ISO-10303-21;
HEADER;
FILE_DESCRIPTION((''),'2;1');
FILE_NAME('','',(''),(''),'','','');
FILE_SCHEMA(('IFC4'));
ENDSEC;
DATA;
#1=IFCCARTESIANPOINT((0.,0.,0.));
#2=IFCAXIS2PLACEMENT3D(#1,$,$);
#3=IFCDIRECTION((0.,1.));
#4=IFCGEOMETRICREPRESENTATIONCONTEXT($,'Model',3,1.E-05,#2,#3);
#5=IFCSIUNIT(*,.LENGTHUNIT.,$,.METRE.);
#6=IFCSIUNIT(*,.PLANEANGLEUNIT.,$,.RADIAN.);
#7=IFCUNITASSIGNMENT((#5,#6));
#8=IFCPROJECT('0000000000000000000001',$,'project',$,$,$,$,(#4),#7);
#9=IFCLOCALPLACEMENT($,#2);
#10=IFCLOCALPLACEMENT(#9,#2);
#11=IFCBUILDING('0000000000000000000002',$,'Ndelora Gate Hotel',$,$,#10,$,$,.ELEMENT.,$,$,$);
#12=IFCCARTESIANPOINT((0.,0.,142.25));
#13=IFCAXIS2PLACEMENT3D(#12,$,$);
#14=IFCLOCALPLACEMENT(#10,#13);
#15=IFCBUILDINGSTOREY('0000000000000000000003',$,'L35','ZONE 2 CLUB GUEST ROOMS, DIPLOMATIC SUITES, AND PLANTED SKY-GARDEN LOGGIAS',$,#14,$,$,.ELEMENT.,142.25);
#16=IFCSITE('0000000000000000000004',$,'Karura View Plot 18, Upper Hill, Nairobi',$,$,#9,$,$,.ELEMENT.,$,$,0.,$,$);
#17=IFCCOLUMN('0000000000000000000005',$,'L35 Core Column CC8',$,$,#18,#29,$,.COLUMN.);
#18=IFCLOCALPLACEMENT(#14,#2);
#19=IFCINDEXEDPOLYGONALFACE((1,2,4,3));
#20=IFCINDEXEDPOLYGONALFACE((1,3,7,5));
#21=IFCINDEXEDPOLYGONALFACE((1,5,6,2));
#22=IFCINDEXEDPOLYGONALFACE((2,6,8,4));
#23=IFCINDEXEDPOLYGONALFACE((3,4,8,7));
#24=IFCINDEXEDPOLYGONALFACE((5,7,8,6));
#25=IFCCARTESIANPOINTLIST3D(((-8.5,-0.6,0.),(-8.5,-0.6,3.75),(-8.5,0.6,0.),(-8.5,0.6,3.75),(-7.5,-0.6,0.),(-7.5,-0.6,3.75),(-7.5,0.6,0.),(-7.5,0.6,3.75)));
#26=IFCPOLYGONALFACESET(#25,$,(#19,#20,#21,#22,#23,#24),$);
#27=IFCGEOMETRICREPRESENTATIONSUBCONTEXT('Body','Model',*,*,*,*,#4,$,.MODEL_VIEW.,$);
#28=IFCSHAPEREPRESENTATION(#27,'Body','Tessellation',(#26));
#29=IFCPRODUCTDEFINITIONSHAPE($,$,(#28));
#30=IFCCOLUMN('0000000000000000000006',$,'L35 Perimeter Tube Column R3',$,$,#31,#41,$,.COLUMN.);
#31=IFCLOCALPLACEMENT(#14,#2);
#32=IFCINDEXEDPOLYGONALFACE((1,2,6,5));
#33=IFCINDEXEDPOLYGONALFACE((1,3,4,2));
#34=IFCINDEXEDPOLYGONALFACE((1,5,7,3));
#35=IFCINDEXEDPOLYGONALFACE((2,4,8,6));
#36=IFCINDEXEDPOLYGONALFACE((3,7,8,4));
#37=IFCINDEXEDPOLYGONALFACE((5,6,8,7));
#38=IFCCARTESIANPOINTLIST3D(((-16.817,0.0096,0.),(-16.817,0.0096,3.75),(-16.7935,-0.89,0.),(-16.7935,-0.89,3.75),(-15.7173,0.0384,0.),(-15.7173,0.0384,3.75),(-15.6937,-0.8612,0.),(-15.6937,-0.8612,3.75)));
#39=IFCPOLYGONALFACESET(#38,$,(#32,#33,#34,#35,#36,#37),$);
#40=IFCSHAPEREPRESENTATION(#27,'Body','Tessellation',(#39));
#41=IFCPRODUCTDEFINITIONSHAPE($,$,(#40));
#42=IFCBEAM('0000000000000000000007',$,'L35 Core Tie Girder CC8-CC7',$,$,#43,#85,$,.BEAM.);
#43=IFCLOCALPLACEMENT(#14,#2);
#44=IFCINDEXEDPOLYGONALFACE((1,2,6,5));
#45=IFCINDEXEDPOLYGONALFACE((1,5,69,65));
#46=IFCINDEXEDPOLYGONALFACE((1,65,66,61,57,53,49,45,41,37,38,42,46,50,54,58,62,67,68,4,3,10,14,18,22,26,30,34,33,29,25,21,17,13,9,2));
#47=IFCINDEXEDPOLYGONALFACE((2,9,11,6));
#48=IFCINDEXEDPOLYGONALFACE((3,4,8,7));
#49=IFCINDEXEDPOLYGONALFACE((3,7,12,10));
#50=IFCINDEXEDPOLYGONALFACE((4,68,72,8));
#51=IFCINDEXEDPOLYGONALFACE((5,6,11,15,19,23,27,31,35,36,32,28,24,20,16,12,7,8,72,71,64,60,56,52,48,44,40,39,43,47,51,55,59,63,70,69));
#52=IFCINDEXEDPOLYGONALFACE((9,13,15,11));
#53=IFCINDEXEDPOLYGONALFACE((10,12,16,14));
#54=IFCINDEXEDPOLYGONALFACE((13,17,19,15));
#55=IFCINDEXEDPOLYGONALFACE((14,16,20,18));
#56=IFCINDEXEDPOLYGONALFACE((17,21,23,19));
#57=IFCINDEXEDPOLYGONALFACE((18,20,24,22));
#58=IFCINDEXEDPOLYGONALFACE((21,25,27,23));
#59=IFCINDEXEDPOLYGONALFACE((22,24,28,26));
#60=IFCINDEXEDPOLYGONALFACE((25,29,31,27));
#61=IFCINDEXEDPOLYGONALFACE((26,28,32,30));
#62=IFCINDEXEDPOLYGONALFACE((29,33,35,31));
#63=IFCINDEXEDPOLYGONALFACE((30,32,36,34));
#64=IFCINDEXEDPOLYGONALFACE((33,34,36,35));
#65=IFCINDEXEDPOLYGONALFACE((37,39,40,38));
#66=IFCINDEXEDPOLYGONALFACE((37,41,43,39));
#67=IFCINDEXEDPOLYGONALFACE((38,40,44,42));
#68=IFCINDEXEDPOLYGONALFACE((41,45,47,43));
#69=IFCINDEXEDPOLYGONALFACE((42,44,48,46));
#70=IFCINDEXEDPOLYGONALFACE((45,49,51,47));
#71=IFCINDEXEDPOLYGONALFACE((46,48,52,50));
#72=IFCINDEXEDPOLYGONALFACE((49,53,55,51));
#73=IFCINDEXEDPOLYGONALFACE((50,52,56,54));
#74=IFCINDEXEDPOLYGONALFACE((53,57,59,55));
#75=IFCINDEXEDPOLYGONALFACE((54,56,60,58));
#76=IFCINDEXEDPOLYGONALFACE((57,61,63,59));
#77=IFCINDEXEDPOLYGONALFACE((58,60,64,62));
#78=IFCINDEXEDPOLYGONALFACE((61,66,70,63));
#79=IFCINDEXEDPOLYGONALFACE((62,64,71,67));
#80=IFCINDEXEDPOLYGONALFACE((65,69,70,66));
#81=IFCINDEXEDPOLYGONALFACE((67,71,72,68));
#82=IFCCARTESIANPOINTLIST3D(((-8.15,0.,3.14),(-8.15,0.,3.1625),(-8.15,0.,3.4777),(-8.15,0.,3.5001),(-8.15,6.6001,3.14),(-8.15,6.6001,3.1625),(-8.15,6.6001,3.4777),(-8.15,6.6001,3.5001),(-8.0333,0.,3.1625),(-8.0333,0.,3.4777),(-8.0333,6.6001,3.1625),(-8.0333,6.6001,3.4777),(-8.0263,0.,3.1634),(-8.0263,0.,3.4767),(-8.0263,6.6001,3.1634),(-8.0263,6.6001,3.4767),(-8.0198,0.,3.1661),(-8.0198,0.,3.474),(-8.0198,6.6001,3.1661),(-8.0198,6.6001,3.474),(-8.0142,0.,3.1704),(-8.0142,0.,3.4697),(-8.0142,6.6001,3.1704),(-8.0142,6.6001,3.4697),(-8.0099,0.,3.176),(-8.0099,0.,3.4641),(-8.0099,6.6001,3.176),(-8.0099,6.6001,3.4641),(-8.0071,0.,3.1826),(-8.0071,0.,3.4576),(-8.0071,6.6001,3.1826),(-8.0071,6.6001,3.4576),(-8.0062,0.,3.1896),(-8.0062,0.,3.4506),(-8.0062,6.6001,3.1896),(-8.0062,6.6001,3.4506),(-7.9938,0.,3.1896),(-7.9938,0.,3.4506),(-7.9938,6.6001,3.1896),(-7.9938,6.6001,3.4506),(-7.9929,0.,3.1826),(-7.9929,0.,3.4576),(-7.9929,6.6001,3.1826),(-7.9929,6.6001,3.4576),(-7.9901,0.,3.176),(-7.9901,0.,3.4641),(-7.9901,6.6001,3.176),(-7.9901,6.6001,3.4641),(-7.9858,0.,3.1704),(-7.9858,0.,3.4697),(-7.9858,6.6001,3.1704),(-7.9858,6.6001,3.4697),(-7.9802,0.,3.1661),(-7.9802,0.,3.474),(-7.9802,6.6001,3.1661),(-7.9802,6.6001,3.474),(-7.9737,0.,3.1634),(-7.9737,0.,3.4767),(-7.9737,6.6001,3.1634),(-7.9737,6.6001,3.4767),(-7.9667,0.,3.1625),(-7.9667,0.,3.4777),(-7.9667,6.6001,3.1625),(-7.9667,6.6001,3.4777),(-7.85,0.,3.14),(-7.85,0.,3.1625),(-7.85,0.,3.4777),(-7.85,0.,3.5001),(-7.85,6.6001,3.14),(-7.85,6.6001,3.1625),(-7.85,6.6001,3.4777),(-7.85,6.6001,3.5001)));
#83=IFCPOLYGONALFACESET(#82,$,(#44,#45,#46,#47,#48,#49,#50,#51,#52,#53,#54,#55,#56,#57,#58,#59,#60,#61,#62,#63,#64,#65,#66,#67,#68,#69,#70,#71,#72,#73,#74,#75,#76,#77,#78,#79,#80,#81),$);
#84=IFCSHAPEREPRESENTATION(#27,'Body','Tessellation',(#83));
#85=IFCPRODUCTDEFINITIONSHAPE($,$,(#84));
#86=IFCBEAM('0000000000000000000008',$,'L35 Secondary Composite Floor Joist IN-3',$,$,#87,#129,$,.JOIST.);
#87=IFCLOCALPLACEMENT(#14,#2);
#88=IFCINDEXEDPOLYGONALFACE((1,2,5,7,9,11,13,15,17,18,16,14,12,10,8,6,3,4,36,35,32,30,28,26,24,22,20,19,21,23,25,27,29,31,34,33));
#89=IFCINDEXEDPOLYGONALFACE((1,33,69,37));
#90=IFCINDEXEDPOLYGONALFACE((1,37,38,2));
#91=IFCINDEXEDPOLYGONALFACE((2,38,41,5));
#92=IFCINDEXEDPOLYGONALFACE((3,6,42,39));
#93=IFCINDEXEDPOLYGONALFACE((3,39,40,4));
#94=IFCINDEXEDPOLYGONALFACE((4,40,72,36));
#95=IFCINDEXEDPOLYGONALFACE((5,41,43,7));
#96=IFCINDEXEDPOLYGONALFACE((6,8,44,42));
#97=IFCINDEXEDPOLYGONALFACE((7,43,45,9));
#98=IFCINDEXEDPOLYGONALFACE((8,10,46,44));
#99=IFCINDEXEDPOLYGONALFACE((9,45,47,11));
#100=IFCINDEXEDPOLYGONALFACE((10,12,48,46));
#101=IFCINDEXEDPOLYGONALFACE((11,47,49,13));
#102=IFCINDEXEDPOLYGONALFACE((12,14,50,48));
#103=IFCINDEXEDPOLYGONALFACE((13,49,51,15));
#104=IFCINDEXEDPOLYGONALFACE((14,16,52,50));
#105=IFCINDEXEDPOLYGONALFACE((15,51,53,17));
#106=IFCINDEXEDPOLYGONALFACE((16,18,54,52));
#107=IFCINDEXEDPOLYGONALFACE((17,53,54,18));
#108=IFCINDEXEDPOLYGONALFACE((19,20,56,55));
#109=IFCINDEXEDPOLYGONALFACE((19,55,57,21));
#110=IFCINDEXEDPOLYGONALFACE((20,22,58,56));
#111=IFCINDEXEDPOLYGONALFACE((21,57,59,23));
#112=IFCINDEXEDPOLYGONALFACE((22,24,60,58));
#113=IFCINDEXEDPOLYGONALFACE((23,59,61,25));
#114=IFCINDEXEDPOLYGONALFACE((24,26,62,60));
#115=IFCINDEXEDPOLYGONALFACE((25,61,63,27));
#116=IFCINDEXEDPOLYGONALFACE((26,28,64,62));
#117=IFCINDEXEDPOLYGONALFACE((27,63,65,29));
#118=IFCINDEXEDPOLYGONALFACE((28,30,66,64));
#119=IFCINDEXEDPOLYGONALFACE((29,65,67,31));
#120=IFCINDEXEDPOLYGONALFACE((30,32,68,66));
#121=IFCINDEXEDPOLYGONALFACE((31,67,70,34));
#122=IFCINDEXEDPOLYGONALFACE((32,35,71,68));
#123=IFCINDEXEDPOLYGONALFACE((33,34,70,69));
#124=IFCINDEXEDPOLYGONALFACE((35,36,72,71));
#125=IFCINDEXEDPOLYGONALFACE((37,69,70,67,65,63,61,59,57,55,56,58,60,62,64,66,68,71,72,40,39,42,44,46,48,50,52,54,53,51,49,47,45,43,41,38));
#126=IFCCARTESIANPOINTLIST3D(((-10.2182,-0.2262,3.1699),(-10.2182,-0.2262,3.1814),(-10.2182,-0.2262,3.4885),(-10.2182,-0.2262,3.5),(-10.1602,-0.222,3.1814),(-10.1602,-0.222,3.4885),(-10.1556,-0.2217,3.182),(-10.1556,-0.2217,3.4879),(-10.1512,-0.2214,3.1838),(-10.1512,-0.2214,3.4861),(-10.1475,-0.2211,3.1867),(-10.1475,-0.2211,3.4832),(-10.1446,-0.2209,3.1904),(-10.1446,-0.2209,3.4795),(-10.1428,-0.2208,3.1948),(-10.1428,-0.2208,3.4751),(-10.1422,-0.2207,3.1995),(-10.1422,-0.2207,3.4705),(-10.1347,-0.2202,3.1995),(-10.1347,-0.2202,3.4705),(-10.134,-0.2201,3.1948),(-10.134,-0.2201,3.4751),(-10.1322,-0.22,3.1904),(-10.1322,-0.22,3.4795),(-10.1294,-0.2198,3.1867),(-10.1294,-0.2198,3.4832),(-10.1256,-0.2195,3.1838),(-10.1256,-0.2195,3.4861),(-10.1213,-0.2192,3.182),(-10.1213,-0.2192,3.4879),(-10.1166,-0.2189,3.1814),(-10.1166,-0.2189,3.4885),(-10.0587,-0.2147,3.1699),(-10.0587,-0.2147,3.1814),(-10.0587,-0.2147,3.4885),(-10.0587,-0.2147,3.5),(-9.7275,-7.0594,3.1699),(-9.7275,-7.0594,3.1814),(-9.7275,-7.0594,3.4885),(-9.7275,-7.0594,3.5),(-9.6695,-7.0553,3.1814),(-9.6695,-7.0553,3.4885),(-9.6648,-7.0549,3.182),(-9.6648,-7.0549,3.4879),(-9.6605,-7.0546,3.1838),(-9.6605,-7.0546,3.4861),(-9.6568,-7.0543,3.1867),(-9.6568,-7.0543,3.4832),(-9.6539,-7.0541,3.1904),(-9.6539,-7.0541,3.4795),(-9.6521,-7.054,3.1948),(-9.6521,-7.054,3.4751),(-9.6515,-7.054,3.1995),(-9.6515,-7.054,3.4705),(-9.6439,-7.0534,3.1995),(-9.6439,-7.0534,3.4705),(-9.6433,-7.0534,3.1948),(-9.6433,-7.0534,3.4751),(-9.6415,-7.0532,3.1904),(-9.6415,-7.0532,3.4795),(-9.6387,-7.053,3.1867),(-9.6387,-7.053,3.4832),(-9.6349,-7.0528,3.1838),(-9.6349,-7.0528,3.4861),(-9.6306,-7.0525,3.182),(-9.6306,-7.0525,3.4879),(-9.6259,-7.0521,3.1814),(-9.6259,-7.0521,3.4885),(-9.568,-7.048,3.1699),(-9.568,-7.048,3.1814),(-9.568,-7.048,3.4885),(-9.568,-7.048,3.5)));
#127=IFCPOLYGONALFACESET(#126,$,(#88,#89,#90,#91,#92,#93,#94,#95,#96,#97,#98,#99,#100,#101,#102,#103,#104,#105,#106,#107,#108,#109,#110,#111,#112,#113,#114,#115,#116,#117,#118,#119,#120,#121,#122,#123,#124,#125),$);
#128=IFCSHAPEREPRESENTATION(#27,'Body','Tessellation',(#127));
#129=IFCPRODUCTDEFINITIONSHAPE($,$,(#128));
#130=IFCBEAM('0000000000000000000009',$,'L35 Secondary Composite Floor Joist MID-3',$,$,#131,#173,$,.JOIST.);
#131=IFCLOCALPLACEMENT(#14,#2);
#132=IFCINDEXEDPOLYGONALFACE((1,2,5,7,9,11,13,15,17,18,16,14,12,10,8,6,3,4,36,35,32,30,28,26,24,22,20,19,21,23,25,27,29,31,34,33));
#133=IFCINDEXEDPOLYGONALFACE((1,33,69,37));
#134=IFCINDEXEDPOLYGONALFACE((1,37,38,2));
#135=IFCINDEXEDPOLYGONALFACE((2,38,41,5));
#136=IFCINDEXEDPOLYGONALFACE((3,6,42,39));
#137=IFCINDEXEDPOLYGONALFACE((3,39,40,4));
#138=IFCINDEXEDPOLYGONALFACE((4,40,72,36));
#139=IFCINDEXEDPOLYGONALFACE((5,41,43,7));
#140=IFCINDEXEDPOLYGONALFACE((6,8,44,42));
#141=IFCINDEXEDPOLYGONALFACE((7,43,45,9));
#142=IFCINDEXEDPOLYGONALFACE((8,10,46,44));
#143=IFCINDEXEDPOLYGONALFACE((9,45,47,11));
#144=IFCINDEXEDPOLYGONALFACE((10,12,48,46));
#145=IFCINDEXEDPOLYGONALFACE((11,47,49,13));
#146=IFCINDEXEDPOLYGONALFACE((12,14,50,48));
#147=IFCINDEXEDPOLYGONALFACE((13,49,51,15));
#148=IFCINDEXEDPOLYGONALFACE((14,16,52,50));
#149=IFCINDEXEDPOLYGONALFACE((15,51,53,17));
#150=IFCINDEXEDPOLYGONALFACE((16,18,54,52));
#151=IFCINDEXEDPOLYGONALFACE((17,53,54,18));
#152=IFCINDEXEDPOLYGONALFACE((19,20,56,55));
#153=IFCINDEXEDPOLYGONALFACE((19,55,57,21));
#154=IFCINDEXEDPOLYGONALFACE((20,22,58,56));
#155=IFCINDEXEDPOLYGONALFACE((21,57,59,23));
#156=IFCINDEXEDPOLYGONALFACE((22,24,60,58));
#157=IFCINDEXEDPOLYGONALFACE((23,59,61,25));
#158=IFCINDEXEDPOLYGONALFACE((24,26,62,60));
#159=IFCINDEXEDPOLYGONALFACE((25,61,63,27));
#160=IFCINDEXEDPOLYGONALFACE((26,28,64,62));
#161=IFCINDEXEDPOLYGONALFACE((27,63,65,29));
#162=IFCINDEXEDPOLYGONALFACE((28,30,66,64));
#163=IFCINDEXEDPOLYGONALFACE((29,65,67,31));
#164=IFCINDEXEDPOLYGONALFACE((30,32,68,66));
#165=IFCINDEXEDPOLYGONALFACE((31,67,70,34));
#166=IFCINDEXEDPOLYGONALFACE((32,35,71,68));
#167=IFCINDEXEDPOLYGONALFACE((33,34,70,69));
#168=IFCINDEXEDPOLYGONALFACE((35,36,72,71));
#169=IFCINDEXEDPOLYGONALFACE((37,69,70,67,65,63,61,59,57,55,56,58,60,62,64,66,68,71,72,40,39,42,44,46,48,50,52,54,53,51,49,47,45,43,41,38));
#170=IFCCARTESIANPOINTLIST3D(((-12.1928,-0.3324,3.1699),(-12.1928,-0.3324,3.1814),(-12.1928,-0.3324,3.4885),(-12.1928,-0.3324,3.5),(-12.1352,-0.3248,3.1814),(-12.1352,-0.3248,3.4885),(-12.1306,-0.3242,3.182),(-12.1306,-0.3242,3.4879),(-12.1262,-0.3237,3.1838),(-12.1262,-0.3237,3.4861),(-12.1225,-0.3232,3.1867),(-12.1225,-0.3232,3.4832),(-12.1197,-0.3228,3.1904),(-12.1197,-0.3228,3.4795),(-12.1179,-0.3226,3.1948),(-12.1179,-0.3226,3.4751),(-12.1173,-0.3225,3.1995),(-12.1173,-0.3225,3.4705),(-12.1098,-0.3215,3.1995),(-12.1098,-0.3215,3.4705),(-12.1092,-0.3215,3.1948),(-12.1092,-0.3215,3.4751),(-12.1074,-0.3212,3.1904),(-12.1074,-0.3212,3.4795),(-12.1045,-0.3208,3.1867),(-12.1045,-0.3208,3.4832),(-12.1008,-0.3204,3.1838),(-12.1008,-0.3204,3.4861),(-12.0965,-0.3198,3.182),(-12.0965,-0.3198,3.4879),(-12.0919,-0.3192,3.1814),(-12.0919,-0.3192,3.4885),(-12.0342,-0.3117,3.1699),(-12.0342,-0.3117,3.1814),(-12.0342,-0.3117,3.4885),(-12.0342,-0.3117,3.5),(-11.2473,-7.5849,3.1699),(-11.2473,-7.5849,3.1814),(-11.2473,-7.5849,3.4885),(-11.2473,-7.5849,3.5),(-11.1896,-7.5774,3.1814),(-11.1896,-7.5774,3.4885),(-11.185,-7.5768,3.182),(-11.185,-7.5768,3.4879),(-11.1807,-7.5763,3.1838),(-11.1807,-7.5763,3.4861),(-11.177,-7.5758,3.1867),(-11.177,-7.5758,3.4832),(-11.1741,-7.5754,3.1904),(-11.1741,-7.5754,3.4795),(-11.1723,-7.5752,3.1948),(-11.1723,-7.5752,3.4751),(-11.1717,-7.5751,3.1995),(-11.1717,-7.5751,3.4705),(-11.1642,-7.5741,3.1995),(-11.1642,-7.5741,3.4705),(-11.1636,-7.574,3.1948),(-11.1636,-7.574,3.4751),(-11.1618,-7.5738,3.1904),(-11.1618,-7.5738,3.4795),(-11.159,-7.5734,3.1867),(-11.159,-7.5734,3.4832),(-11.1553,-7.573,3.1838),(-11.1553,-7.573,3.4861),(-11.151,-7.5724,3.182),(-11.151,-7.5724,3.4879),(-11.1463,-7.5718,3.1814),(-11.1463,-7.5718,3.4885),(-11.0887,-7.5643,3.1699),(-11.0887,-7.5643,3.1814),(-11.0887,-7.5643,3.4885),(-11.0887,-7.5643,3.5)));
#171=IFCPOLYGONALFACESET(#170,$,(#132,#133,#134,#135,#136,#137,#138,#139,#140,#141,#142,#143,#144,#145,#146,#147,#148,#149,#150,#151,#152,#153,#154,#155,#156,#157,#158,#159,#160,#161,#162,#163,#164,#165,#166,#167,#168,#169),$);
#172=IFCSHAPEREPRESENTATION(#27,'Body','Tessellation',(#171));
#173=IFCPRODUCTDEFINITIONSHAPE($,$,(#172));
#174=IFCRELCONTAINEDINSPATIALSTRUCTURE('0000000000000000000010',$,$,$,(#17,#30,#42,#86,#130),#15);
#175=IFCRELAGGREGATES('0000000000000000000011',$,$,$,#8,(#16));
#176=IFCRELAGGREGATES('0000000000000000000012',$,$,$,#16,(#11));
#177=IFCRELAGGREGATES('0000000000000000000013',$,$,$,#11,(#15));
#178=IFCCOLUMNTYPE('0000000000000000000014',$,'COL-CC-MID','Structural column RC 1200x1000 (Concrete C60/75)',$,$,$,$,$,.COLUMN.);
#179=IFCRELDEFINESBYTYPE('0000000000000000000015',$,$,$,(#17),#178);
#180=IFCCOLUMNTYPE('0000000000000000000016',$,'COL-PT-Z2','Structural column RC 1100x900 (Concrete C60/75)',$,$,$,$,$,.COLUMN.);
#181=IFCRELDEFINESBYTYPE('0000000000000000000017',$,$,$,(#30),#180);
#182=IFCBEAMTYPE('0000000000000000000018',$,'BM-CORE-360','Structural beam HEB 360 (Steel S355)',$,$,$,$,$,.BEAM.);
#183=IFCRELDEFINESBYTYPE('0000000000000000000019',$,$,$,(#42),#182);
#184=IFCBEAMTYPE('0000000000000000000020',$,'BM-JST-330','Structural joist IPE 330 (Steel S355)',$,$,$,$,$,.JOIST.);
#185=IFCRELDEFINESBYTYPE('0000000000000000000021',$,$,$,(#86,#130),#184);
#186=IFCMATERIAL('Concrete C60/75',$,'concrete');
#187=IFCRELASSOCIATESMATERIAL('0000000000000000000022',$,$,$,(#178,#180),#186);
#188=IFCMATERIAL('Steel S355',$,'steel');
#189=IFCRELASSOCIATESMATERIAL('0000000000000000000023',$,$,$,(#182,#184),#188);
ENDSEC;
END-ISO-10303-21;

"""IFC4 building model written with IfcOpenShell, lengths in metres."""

from ifc_helpers import new_model, si_unit, direction, frame, origin, origin_2d, place, context, subcontext, project, spatial, rectangle, i_section, extrude, material, material_profile, profile_set, type_object, element, save


model = new_model("IFC4")

# Units and contexts
model_context = context("Model", 3, precision=1e-05, world=origin(), true_north=direction((0.0, 1.0)))
body_context = subcontext(model_context, "Body", "Model", "MODEL_VIEW")
ifc_project = project(units=[si_unit("LENGTHUNIT", "METRE"), si_unit("PLANEANGLEUNIT", "RADIAN")], contexts=[model_context])

# Site, building, storey
site_placement = place(None, origin())
site = spatial("IfcSite", under=ifc_project, at=site_placement, Name="Karura View Plot 18, Upper Hill, Nairobi", CompositionType="ELEMENT", RefElevation=0.0)
building_placement = place(site_placement, origin())
building = spatial("IfcBuilding", under=site, at=building_placement, Name="Ndelora Gate Hotel", CompositionType="ELEMENT")
storey_placement = place(building_placement, frame((0.0, 0.0, 142.25)))
storey = spatial("IfcBuildingStorey", under=building, at=storey_placement, Name="L35", Description="ZONE 2 CLUB GUEST ROOMS, DIPLOMATIC SUITES, AND PLANTED SKY-GARDEN LOGGIAS", CompositionType="ELEMENT", Elevation=142.25)

# Columns
ifc_material_1 = material(Name="Concrete C60/75", Category="concrete")
ifc_material_profile_1 = material_profile(ifc_material_1, rectangle(XDim=1.0, YDim=1.2, at=origin_2d()), Name="RC 1200x1000")
ifc_profile_set_1 = profile_set([ifc_material_profile_1], Name="Concrete C60/75")
column_type_1 = type_object("IfcColumnType", Name="COL-CC-MID", Description="Structural column RC 1200x1000 (Concrete C60/75)", PredefinedType="COLUMN", material=ifc_profile_set_1)
column_1_placement = place(storey_placement, frame((-8.0, 0.0, 0.0), z_axis=(0.0, 0.0, 1.0), x_axis=(1.0, 0.0, 0.0)))
element("IfcColumn", 1, at=column_1_placement, inside=storey, type_object=column_type_1, Name="L35 Core Column CC8", PredefinedType="COLUMN", context=body_context, shape_type="SweptSolid", body=[
    extrude(rectangle(XDim=1.0, YDim=1.2, at=origin_2d()), origin(), (0.0, 0.0, 1.0), 3.75),
])
ifc_material_profile_2 = material_profile(ifc_material_1, rectangle(XDim=0.8999, YDim=1.1001, at=origin_2d()), Name="RC 1100x900")
ifc_profile_set_2 = profile_set([ifc_material_profile_2], Name="Concrete C60/75")
column_type_2 = type_object("IfcColumnType", Name="COL-PT-Z2", Description="Structural column RC 1100x900 (Concrete C60/75)", PredefinedType="COLUMN", material=ifc_profile_set_2)
column_2_placement = place(storey_placement, frame((-16.2554, -0.4258, 0.0), z_axis=(0.0, 0.0, 1.0), x_axis=(-0.026177, 0.999657, 0.0)))
element("IfcColumn", 2, at=column_2_placement, inside=storey, type_object=column_type_2, Name="L35 Perimeter Tube Column R3", PredefinedType="COLUMN", context=body_context, shape_type="SweptSolid", body=[
    extrude(rectangle(XDim=0.8999, YDim=1.1001, at=origin_2d()), origin(), (0.0, 0.0, 1.0), 3.75),
])

# Beams
ifc_material_2 = material(Name="Steel S355", Category="steel")
ifc_material_profile_3 = material_profile(ifc_material_2, i_section(OverallWidth=0.3, OverallDepth=0.3601, WebThickness=0.0125, FlangeThickness=0.0225, FilletRadius=0.0271, at=origin_2d()), Name="HEB 360")
ifc_profile_set_3 = profile_set([ifc_material_profile_3], Name="Steel S355")
beam_type_1 = type_object("IfcBeamType", Name="BM-CORE-360", Description="Structural beam HEB 360 (Steel S355)", PredefinedType="BEAM", material=ifc_profile_set_3)
beam_1_placement = place(storey_placement, frame((-8.0, 0.0, 3.3201), z_axis=(0.0, 1.0, 0.0), x_axis=(-1.0, 0.0, 0.0)))
element("IfcBeam", 3, at=beam_1_placement, inside=storey, type_object=beam_type_1, Name="L35 Core Tie Girder CC8-CC7", PredefinedType="BEAM", context=body_context, shape_type="SweptSolid", body=[
    extrude(i_section(OverallWidth=0.3, OverallDepth=0.3601, WebThickness=0.0125, FlangeThickness=0.0225, FilletRadius=0.0271, at=origin_2d()), origin(), (0.0, 0.0, 1.0), 6.6001),
])
ifc_material_profile_4 = material_profile(ifc_material_2, i_section(OverallWidth=0.1599, OverallDepth=0.3301, WebThickness=0.0076, FlangeThickness=0.0115, FilletRadius=0.0181, at=origin_2d()), Name="IPE 330")
ifc_profile_set_4 = profile_set([ifc_material_profile_4], Name="Steel S355")
beam_type_2 = type_object("IfcBeamType", Name="BM-JST-330", Description="Structural joist IPE 330 (Steel S355)", PredefinedType="JOIST", material=ifc_profile_set_4)
beam_2_placement = place(storey_placement, frame((-10.1384, -0.2205, 3.335), z_axis=(0.071629, -0.997431, 0.0), x_axis=(0.997431, 0.071629, 0.0)))
element("IfcBeam", 4, at=beam_2_placement, inside=storey, type_object=beam_type_2, Name="L35 Secondary Composite Floor Joist IN-3", PredefinedType="JOIST", context=body_context, shape_type="SweptSolid", body=[
    extrude(i_section(OverallWidth=0.1599, OverallDepth=0.3301, WebThickness=0.0076, FlangeThickness=0.0115, FilletRadius=0.0181, at=origin_2d()), origin(), (0.0, 0.0, 1.0), 6.8508),
])
beam_3_placement = place(storey_placement, frame((-12.1135, -0.322, 3.335), z_axis=(0.129279, -0.991608, 0.0), x_axis=(0.991608, 0.129279, 0.0)))
element("IfcBeam", 5, at=beam_3_placement, inside=storey, type_object=beam_type_2, Name="L35 Secondary Composite Floor Joist MID-3", PredefinedType="JOIST", context=body_context, shape_type="SweptSolid", body=[
    extrude(i_section(OverallWidth=0.1599, OverallDepth=0.3301, WebThickness=0.0076, FlangeThickness=0.0115, FilletRadius=0.0181, at=origin_2d()), origin(), (0.0, 0.0, 1.0), 7.314),
])

save(model, "model.ifc")
